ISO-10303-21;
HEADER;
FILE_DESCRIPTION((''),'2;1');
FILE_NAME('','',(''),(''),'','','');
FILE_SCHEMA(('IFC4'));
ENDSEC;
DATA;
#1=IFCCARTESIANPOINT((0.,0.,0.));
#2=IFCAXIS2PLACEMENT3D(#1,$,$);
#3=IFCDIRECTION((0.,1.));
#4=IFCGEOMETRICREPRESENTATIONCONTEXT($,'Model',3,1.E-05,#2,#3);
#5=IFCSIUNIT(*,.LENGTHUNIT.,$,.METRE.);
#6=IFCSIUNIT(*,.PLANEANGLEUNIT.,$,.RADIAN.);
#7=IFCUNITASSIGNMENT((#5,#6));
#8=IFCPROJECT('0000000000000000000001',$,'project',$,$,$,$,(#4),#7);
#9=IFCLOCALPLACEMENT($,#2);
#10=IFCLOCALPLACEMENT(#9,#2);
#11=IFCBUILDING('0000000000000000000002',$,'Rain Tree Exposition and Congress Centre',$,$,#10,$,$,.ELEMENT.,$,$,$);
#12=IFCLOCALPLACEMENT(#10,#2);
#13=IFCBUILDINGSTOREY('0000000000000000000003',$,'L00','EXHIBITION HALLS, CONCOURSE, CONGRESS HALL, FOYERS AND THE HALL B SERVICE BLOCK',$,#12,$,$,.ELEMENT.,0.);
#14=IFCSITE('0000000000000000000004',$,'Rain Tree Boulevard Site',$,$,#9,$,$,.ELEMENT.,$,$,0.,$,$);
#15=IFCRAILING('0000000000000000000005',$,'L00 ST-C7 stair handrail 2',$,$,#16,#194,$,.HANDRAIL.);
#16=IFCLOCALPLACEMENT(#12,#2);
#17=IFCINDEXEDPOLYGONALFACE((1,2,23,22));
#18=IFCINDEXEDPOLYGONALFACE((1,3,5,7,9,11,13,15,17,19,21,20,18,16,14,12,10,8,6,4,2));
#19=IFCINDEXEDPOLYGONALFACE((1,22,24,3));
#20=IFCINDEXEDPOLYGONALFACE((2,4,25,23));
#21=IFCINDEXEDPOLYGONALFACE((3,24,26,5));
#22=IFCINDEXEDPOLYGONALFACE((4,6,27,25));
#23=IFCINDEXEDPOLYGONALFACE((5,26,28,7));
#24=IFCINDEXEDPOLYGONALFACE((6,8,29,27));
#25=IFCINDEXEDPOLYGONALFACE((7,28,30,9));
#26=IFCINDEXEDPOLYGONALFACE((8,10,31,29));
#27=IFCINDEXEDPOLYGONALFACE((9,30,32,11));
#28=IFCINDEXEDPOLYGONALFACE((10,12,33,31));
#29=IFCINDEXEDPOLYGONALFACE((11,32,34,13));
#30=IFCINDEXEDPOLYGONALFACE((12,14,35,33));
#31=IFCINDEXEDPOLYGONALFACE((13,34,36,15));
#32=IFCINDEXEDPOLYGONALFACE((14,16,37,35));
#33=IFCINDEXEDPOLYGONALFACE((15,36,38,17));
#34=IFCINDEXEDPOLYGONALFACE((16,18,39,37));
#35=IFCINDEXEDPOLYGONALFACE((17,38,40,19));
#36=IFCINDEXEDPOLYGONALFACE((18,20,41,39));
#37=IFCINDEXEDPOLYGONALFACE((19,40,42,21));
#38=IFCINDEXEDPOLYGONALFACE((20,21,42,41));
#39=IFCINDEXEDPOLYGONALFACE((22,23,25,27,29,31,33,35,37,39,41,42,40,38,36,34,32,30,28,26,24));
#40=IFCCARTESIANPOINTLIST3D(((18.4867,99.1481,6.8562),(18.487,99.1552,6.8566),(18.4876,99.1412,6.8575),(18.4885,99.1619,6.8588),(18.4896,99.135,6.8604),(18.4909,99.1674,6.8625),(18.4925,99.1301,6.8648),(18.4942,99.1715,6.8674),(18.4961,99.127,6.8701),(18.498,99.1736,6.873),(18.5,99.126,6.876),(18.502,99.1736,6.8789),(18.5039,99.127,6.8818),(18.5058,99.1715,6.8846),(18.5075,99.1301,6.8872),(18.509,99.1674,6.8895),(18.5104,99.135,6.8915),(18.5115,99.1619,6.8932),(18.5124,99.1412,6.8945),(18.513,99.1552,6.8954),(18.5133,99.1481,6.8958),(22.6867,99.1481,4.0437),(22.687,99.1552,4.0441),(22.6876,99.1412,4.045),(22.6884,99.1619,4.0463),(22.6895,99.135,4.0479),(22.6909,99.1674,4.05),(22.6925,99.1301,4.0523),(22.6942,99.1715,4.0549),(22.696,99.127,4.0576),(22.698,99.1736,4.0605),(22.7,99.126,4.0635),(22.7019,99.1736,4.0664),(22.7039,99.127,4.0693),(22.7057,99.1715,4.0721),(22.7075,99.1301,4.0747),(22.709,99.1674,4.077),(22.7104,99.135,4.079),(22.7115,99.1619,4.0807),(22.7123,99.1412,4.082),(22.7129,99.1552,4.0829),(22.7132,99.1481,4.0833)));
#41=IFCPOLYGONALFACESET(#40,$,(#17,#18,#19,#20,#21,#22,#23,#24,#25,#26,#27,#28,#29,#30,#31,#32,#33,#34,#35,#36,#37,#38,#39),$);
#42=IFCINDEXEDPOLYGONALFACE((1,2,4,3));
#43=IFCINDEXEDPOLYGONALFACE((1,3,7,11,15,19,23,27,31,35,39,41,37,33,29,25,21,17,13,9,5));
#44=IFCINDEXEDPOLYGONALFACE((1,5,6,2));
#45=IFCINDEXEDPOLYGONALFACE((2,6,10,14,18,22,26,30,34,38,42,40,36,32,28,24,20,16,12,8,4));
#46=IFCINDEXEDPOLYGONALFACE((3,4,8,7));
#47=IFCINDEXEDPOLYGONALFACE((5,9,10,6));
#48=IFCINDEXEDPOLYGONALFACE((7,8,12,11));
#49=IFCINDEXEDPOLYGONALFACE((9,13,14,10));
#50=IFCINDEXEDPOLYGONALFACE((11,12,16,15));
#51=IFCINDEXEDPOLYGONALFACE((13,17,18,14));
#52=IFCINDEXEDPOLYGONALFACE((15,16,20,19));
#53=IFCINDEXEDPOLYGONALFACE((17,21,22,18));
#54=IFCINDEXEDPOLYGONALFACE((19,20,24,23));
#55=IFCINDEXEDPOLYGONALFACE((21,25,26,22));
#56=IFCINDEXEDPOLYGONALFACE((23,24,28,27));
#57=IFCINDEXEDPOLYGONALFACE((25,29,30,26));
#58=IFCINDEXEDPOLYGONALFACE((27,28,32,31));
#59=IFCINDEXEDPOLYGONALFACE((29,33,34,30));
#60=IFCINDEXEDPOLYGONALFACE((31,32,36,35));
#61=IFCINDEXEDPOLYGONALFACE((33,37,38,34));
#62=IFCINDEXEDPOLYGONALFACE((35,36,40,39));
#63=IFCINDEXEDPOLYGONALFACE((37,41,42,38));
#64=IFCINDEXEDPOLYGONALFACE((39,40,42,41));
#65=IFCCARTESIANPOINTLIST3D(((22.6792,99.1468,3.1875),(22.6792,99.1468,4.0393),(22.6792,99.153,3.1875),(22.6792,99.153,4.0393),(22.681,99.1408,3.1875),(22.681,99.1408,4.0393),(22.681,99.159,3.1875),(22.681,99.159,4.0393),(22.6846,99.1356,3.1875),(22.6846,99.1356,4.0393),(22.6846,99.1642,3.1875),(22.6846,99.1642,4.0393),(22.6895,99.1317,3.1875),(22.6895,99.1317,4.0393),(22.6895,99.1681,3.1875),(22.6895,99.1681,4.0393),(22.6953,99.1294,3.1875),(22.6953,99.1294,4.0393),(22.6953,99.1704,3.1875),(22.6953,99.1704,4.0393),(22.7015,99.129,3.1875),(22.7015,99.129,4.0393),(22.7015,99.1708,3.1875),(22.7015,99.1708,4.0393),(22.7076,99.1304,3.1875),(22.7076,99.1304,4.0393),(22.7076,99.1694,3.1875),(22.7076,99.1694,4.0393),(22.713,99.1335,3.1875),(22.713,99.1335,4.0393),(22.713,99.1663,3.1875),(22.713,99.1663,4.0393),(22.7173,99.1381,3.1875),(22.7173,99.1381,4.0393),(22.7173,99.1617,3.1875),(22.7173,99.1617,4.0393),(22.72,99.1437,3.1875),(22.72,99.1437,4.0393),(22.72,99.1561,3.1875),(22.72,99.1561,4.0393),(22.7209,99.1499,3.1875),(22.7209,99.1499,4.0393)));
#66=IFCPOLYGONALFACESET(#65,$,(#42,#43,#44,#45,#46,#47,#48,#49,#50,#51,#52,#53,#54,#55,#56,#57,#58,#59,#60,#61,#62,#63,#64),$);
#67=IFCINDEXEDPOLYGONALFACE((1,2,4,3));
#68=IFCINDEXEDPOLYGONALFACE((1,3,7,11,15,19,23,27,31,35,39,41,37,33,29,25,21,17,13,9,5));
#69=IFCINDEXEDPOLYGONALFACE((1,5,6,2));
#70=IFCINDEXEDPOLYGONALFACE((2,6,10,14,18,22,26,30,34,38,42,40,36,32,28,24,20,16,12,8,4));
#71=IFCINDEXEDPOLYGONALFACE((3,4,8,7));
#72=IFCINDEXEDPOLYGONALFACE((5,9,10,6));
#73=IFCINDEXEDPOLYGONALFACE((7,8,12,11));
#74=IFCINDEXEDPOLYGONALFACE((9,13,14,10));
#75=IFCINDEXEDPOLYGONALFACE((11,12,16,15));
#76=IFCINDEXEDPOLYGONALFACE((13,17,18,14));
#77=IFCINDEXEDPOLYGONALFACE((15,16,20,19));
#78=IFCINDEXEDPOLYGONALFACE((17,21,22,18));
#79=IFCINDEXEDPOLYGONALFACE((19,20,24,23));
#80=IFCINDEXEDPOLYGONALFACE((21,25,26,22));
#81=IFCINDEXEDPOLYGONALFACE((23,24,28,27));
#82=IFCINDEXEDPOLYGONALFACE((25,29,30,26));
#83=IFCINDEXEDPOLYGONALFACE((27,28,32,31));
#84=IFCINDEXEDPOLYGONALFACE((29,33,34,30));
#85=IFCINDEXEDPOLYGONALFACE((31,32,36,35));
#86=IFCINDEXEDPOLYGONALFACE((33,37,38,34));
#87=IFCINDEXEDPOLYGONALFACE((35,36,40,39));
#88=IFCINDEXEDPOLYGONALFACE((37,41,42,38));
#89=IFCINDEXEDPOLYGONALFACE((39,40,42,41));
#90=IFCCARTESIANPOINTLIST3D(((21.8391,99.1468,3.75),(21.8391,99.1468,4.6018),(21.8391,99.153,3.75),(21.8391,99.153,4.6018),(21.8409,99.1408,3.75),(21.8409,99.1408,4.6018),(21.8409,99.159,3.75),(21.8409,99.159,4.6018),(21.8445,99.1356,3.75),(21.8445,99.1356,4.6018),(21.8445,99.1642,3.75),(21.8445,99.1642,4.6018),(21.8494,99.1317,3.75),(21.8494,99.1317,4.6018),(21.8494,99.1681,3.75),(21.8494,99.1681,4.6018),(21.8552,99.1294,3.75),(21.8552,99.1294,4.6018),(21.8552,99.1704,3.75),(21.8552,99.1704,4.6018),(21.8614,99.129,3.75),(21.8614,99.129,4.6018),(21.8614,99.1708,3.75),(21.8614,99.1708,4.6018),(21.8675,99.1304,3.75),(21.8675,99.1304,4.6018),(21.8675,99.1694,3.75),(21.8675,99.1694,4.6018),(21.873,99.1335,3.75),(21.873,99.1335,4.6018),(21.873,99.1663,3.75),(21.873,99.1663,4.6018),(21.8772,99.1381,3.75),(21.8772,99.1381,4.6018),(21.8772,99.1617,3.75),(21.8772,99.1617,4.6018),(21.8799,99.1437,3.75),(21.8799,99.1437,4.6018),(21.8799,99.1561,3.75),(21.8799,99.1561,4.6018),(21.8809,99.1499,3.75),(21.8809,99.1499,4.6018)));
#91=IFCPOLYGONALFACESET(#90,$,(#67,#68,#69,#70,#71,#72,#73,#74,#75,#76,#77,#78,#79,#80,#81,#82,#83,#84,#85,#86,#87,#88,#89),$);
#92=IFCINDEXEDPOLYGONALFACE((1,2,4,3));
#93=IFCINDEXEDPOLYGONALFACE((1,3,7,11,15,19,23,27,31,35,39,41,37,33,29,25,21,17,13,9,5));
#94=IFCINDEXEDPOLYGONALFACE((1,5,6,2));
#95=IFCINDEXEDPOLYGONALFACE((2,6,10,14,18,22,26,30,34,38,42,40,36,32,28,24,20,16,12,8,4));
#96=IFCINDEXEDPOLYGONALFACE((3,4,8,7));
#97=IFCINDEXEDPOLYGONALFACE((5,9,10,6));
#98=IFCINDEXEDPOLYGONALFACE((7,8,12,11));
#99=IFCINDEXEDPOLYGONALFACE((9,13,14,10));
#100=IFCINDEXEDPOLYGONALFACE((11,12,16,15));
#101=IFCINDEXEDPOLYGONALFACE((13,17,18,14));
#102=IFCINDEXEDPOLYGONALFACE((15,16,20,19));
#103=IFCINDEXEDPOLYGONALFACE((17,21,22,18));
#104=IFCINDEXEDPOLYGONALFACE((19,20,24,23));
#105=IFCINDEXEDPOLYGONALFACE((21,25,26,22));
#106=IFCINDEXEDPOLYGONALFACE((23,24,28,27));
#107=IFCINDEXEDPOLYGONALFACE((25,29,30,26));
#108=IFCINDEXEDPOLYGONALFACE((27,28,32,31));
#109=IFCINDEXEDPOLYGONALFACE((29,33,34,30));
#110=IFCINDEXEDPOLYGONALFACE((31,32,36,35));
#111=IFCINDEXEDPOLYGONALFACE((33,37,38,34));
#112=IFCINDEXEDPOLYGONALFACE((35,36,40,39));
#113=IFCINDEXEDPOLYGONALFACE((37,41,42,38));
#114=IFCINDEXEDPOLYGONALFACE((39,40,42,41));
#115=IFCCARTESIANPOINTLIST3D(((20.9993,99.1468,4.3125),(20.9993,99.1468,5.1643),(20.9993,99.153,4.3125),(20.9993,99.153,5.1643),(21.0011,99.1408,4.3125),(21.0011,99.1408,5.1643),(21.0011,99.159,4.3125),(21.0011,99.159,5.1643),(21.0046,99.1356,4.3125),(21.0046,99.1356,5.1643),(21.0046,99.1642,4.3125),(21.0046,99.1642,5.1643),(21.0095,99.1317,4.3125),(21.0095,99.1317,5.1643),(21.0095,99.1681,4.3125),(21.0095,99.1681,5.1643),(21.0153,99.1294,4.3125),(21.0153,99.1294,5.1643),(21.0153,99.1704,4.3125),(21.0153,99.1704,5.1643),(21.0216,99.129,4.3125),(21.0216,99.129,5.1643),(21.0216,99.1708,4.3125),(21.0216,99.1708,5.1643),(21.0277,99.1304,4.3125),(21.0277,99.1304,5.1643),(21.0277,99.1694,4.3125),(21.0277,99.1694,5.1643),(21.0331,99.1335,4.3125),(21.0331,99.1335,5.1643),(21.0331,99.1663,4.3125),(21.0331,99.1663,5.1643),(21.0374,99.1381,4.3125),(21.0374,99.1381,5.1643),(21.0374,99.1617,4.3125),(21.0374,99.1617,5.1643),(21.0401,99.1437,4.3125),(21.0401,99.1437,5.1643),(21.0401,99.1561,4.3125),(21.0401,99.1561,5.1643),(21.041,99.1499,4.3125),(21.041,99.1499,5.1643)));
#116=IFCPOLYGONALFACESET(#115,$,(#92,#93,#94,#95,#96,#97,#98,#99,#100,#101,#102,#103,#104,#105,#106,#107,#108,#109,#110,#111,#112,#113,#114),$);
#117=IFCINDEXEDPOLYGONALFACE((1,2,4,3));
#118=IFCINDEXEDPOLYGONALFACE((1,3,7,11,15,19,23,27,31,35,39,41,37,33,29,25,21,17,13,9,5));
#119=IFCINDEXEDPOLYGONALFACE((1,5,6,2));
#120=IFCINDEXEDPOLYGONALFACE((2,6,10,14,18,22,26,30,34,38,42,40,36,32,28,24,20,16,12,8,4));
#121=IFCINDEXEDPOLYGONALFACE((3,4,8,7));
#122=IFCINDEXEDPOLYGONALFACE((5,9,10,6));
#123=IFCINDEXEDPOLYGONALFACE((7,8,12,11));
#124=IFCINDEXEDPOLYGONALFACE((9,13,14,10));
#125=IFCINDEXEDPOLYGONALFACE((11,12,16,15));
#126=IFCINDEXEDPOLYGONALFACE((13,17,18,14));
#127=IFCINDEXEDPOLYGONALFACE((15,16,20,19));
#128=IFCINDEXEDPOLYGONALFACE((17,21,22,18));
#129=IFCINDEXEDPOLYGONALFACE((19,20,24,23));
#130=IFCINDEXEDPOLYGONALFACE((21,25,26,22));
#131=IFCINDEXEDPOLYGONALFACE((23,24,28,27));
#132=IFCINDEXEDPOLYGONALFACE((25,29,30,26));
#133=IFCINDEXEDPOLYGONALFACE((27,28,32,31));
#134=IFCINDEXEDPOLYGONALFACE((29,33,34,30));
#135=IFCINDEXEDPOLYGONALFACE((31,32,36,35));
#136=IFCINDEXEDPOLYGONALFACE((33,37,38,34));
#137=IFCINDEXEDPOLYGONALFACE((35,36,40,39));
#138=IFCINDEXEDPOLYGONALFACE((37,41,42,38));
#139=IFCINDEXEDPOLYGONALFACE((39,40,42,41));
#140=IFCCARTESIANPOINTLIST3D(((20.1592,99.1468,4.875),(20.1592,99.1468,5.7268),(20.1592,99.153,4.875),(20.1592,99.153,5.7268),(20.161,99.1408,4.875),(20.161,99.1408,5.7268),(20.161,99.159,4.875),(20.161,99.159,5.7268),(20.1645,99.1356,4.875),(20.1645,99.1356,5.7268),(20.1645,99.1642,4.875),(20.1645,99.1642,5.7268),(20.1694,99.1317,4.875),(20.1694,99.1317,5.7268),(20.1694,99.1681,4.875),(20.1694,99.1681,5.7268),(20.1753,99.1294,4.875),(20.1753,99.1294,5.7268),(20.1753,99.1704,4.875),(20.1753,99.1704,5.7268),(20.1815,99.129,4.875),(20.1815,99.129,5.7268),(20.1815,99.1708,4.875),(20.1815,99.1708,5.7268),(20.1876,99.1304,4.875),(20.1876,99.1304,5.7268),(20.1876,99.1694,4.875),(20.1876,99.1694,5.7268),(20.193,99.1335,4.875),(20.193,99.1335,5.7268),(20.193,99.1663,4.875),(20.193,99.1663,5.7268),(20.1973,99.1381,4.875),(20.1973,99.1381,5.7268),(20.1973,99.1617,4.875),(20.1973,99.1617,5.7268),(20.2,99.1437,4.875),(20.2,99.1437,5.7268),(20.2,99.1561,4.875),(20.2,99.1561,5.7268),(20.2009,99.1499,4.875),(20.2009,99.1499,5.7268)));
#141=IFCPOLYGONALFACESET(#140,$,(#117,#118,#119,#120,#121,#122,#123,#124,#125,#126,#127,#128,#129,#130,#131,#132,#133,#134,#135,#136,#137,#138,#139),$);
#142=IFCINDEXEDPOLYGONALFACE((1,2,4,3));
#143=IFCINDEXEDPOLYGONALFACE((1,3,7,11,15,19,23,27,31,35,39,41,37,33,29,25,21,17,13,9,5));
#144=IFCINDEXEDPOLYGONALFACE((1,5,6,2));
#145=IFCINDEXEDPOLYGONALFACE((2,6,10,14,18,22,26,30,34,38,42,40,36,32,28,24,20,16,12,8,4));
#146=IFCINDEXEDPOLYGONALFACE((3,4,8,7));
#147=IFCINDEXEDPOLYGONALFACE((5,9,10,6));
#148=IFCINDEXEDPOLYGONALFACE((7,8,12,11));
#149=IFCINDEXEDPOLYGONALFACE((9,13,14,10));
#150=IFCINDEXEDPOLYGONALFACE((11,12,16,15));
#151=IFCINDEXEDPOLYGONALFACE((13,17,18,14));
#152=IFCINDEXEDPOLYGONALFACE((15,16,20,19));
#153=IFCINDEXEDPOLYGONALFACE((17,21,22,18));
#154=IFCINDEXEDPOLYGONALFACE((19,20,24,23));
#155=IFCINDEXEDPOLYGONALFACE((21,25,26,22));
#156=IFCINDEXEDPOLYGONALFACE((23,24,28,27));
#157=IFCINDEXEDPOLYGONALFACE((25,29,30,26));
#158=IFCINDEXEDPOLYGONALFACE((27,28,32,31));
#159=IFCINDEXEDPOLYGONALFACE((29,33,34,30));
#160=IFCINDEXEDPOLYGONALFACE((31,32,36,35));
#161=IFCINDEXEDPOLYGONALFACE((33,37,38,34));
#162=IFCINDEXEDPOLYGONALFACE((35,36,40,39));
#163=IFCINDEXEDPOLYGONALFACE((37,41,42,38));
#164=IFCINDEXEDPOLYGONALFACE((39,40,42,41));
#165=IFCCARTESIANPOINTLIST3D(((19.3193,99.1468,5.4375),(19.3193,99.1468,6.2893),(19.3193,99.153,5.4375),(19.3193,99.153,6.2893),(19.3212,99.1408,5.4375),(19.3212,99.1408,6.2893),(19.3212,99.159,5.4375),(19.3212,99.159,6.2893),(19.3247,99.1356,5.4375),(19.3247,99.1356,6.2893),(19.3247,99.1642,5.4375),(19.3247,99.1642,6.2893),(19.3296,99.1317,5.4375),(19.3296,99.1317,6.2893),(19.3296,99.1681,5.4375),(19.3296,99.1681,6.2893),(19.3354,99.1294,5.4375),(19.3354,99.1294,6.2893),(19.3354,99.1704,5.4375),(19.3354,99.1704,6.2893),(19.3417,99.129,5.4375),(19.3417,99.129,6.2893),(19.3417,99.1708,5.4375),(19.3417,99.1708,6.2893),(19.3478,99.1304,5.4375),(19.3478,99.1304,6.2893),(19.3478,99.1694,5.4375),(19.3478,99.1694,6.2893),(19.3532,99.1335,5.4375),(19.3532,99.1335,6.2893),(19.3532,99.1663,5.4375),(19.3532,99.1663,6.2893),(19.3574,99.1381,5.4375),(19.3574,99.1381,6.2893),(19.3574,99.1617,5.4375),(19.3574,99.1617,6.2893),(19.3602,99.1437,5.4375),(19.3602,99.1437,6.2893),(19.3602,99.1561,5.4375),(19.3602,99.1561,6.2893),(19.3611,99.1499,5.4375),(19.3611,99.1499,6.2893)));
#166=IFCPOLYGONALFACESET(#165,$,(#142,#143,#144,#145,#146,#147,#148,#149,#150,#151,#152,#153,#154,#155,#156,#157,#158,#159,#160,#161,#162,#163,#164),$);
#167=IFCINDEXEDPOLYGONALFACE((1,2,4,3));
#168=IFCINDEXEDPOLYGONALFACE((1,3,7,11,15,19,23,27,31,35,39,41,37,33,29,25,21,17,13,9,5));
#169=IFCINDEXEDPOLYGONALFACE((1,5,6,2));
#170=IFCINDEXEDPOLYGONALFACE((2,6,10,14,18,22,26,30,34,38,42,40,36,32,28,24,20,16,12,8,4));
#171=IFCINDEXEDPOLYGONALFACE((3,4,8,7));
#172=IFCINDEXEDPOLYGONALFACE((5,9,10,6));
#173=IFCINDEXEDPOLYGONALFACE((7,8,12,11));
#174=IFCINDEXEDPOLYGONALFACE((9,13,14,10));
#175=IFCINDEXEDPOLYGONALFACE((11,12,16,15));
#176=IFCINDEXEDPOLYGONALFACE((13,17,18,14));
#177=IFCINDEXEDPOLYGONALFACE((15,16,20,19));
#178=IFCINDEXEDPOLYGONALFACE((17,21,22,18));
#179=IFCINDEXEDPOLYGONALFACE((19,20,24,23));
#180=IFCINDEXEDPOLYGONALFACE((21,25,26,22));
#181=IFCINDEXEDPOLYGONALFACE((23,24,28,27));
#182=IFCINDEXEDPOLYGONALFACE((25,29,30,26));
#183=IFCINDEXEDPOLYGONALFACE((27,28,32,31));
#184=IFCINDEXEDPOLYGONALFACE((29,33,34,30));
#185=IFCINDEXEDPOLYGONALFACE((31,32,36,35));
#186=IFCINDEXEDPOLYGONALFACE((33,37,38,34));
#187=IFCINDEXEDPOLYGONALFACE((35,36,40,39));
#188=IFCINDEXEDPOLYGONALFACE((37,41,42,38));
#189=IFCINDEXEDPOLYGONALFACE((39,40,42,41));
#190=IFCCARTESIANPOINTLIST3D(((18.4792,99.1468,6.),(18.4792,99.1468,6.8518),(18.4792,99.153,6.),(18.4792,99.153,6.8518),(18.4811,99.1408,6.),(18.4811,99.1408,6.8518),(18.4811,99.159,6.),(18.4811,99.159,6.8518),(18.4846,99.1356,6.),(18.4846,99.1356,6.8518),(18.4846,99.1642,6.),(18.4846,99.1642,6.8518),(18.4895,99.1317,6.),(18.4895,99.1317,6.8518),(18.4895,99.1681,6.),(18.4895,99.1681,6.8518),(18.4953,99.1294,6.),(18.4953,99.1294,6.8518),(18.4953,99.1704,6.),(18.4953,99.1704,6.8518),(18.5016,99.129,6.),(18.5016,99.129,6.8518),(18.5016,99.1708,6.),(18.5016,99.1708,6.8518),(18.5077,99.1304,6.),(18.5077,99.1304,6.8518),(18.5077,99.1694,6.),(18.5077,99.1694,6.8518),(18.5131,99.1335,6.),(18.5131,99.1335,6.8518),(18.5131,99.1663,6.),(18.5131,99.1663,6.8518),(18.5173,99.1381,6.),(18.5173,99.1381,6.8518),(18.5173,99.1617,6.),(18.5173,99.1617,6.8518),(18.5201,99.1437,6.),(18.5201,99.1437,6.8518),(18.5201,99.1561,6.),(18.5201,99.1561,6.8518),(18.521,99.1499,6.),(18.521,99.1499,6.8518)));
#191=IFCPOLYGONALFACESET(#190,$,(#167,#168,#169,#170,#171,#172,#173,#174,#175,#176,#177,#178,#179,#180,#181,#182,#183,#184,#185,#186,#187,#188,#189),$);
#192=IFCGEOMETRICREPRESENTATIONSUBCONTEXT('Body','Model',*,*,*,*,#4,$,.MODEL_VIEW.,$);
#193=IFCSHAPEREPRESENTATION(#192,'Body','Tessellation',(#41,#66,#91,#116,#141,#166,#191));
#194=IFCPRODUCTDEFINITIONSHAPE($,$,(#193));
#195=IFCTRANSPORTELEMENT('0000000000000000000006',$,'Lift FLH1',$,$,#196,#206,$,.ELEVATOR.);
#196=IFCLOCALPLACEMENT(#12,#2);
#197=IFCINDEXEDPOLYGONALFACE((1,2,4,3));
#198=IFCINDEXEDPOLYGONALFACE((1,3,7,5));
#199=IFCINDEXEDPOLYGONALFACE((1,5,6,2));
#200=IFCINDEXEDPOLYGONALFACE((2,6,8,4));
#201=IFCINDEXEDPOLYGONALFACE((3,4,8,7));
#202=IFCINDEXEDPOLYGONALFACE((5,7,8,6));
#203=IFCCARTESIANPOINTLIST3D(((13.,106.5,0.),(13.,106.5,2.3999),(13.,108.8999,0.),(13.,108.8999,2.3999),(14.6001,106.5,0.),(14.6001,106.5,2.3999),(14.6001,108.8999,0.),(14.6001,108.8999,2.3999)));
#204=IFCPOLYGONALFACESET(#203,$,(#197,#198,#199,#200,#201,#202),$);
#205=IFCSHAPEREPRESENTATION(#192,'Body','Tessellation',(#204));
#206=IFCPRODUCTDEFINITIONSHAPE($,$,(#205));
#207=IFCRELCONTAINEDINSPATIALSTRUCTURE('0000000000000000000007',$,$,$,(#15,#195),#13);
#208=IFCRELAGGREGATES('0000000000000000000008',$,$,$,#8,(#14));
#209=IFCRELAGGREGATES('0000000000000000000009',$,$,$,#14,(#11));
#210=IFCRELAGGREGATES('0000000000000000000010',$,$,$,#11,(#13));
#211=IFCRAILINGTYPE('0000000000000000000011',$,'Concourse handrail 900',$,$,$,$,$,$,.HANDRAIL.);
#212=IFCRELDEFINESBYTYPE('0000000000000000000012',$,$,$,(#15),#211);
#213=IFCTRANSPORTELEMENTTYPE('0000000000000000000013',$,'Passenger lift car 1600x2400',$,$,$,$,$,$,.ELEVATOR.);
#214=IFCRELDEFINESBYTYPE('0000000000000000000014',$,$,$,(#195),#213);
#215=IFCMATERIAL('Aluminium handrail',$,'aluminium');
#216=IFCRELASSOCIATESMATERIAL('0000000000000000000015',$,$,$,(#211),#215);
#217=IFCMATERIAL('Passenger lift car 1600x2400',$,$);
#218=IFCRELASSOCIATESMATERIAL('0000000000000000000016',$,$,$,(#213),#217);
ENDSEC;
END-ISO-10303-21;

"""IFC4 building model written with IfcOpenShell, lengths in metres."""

from ifc_helpers import new_model, si_unit, direction, frame, origin, origin_2d, place, context, subcontext, project, spatial, rectangle, circle, extrude, material, type_object, element, save


model = new_model("IFC4")

# Units and contexts
model_context = context("Model", 3, precision=1e-05, world=origin(), true_north=direction((0.0, 1.0)))
body_context = subcontext(model_context, "Body", "Model", "MODEL_VIEW")
ifc_project = project(units=[si_unit("LENGTHUNIT", "METRE"), si_unit("PLANEANGLEUNIT", "RADIAN")], contexts=[model_context])

# Site, building, storey
site_placement = place(None, origin())
site = spatial("IfcSite", under=ifc_project, at=site_placement, Name="Rain Tree Boulevard Site", CompositionType="ELEMENT", RefElevation=0.0)
building_placement = place(site_placement, origin())
building = spatial("IfcBuilding", under=site, at=building_placement, Name="Rain Tree Exposition and Congress Centre", CompositionType="ELEMENT")
storey_placement = place(building_placement, origin())
storey = spatial("IfcBuildingStorey", under=building, at=storey_placement, Name="L00", Description="EXHIBITION HALLS, CONCOURSE, CONGRESS HALL, FOYERS AND THE HALL B SERVICE BLOCK", CompositionType="ELEMENT", Elevation=0.0)

# Railing
ifc_material_1 = material(Name="Aluminium handrail", Category="aluminium")
railing_type = type_object("IfcRailingType", Name="Concourse handrail 900", PredefinedType="HANDRAIL", material=ifc_material_1)
railing_placement = place(storey_placement, frame((22.7, 99.1499, 3.1875)))
element("IfcRailing", 1, at=railing_placement, inside=storey, type_object=railing_type, Name="L00 ST-C7 stair handrail 2", PredefinedType="HANDRAIL", context=body_context, shape_type="SweptSolid", body=[
    extrude(circle(Radius=0.0239, at=origin_2d()), frame((0.0, 0.0, 0.876), z_axis=(-0.830904, 0.0, 0.556416), x_axis=(0.0, -1.0, 0.0)), (0.0, 0.0, 1.0), 5.0547),
    extrude(circle(Radius=0.021, at=origin_2d()), origin(), (0.0, 0.0, 1.0), 0.8518),
    extrude(circle(Radius=0.021, at=origin_2d()), frame((-0.8401, 0.0, 0.5625)), (0.0, 0.0, 1.0), 0.8518),
    extrude(circle(Radius=0.021, at=origin_2d()), frame((-1.6799, 0.0, 1.125)), (0.0, 0.0, 1.0), 0.8518),
    extrude(circle(Radius=0.021, at=origin_2d()), frame((-2.52, 0.0, 1.6875)), (0.0, 0.0, 1.0), 0.8518),
    extrude(circle(Radius=0.021, at=origin_2d()), frame((-3.3599, 0.0, 2.25)), (0.0, 0.0, 1.0), 0.8518),
    extrude(circle(Radius=0.021, at=origin_2d()), frame((-4.2, 0.0, 2.8125)), (0.0, 0.0, 1.0), 0.8518),
])

# Transport element
ifc_material_2 = material(Name="Passenger lift car 1600x2400")
transport_element_type = type_object("IfcTransportElementType", Name="Passenger lift car 1600x2400", PredefinedType="ELEVATOR", material=ifc_material_2)
transport_element_placement = place(storey_placement, frame((13.8, 107.7, 0.0), z_axis=(0.0, 0.0, 1.0), x_axis=(1.0, 0.0, 0.0)))
element("IfcTransportElement", 2, at=transport_element_placement, inside=storey, type_object=transport_element_type, Name="Lift FLH1", PredefinedType="ELEVATOR", context=body_context, shape_type="SweptSolid", body=[
    extrude(rectangle(XDim=1.6001, YDim=2.3999, at=origin_2d()), origin(), (0.0, 0.0, 1.0), 2.3999),
])

save(model, "model.ifc")
